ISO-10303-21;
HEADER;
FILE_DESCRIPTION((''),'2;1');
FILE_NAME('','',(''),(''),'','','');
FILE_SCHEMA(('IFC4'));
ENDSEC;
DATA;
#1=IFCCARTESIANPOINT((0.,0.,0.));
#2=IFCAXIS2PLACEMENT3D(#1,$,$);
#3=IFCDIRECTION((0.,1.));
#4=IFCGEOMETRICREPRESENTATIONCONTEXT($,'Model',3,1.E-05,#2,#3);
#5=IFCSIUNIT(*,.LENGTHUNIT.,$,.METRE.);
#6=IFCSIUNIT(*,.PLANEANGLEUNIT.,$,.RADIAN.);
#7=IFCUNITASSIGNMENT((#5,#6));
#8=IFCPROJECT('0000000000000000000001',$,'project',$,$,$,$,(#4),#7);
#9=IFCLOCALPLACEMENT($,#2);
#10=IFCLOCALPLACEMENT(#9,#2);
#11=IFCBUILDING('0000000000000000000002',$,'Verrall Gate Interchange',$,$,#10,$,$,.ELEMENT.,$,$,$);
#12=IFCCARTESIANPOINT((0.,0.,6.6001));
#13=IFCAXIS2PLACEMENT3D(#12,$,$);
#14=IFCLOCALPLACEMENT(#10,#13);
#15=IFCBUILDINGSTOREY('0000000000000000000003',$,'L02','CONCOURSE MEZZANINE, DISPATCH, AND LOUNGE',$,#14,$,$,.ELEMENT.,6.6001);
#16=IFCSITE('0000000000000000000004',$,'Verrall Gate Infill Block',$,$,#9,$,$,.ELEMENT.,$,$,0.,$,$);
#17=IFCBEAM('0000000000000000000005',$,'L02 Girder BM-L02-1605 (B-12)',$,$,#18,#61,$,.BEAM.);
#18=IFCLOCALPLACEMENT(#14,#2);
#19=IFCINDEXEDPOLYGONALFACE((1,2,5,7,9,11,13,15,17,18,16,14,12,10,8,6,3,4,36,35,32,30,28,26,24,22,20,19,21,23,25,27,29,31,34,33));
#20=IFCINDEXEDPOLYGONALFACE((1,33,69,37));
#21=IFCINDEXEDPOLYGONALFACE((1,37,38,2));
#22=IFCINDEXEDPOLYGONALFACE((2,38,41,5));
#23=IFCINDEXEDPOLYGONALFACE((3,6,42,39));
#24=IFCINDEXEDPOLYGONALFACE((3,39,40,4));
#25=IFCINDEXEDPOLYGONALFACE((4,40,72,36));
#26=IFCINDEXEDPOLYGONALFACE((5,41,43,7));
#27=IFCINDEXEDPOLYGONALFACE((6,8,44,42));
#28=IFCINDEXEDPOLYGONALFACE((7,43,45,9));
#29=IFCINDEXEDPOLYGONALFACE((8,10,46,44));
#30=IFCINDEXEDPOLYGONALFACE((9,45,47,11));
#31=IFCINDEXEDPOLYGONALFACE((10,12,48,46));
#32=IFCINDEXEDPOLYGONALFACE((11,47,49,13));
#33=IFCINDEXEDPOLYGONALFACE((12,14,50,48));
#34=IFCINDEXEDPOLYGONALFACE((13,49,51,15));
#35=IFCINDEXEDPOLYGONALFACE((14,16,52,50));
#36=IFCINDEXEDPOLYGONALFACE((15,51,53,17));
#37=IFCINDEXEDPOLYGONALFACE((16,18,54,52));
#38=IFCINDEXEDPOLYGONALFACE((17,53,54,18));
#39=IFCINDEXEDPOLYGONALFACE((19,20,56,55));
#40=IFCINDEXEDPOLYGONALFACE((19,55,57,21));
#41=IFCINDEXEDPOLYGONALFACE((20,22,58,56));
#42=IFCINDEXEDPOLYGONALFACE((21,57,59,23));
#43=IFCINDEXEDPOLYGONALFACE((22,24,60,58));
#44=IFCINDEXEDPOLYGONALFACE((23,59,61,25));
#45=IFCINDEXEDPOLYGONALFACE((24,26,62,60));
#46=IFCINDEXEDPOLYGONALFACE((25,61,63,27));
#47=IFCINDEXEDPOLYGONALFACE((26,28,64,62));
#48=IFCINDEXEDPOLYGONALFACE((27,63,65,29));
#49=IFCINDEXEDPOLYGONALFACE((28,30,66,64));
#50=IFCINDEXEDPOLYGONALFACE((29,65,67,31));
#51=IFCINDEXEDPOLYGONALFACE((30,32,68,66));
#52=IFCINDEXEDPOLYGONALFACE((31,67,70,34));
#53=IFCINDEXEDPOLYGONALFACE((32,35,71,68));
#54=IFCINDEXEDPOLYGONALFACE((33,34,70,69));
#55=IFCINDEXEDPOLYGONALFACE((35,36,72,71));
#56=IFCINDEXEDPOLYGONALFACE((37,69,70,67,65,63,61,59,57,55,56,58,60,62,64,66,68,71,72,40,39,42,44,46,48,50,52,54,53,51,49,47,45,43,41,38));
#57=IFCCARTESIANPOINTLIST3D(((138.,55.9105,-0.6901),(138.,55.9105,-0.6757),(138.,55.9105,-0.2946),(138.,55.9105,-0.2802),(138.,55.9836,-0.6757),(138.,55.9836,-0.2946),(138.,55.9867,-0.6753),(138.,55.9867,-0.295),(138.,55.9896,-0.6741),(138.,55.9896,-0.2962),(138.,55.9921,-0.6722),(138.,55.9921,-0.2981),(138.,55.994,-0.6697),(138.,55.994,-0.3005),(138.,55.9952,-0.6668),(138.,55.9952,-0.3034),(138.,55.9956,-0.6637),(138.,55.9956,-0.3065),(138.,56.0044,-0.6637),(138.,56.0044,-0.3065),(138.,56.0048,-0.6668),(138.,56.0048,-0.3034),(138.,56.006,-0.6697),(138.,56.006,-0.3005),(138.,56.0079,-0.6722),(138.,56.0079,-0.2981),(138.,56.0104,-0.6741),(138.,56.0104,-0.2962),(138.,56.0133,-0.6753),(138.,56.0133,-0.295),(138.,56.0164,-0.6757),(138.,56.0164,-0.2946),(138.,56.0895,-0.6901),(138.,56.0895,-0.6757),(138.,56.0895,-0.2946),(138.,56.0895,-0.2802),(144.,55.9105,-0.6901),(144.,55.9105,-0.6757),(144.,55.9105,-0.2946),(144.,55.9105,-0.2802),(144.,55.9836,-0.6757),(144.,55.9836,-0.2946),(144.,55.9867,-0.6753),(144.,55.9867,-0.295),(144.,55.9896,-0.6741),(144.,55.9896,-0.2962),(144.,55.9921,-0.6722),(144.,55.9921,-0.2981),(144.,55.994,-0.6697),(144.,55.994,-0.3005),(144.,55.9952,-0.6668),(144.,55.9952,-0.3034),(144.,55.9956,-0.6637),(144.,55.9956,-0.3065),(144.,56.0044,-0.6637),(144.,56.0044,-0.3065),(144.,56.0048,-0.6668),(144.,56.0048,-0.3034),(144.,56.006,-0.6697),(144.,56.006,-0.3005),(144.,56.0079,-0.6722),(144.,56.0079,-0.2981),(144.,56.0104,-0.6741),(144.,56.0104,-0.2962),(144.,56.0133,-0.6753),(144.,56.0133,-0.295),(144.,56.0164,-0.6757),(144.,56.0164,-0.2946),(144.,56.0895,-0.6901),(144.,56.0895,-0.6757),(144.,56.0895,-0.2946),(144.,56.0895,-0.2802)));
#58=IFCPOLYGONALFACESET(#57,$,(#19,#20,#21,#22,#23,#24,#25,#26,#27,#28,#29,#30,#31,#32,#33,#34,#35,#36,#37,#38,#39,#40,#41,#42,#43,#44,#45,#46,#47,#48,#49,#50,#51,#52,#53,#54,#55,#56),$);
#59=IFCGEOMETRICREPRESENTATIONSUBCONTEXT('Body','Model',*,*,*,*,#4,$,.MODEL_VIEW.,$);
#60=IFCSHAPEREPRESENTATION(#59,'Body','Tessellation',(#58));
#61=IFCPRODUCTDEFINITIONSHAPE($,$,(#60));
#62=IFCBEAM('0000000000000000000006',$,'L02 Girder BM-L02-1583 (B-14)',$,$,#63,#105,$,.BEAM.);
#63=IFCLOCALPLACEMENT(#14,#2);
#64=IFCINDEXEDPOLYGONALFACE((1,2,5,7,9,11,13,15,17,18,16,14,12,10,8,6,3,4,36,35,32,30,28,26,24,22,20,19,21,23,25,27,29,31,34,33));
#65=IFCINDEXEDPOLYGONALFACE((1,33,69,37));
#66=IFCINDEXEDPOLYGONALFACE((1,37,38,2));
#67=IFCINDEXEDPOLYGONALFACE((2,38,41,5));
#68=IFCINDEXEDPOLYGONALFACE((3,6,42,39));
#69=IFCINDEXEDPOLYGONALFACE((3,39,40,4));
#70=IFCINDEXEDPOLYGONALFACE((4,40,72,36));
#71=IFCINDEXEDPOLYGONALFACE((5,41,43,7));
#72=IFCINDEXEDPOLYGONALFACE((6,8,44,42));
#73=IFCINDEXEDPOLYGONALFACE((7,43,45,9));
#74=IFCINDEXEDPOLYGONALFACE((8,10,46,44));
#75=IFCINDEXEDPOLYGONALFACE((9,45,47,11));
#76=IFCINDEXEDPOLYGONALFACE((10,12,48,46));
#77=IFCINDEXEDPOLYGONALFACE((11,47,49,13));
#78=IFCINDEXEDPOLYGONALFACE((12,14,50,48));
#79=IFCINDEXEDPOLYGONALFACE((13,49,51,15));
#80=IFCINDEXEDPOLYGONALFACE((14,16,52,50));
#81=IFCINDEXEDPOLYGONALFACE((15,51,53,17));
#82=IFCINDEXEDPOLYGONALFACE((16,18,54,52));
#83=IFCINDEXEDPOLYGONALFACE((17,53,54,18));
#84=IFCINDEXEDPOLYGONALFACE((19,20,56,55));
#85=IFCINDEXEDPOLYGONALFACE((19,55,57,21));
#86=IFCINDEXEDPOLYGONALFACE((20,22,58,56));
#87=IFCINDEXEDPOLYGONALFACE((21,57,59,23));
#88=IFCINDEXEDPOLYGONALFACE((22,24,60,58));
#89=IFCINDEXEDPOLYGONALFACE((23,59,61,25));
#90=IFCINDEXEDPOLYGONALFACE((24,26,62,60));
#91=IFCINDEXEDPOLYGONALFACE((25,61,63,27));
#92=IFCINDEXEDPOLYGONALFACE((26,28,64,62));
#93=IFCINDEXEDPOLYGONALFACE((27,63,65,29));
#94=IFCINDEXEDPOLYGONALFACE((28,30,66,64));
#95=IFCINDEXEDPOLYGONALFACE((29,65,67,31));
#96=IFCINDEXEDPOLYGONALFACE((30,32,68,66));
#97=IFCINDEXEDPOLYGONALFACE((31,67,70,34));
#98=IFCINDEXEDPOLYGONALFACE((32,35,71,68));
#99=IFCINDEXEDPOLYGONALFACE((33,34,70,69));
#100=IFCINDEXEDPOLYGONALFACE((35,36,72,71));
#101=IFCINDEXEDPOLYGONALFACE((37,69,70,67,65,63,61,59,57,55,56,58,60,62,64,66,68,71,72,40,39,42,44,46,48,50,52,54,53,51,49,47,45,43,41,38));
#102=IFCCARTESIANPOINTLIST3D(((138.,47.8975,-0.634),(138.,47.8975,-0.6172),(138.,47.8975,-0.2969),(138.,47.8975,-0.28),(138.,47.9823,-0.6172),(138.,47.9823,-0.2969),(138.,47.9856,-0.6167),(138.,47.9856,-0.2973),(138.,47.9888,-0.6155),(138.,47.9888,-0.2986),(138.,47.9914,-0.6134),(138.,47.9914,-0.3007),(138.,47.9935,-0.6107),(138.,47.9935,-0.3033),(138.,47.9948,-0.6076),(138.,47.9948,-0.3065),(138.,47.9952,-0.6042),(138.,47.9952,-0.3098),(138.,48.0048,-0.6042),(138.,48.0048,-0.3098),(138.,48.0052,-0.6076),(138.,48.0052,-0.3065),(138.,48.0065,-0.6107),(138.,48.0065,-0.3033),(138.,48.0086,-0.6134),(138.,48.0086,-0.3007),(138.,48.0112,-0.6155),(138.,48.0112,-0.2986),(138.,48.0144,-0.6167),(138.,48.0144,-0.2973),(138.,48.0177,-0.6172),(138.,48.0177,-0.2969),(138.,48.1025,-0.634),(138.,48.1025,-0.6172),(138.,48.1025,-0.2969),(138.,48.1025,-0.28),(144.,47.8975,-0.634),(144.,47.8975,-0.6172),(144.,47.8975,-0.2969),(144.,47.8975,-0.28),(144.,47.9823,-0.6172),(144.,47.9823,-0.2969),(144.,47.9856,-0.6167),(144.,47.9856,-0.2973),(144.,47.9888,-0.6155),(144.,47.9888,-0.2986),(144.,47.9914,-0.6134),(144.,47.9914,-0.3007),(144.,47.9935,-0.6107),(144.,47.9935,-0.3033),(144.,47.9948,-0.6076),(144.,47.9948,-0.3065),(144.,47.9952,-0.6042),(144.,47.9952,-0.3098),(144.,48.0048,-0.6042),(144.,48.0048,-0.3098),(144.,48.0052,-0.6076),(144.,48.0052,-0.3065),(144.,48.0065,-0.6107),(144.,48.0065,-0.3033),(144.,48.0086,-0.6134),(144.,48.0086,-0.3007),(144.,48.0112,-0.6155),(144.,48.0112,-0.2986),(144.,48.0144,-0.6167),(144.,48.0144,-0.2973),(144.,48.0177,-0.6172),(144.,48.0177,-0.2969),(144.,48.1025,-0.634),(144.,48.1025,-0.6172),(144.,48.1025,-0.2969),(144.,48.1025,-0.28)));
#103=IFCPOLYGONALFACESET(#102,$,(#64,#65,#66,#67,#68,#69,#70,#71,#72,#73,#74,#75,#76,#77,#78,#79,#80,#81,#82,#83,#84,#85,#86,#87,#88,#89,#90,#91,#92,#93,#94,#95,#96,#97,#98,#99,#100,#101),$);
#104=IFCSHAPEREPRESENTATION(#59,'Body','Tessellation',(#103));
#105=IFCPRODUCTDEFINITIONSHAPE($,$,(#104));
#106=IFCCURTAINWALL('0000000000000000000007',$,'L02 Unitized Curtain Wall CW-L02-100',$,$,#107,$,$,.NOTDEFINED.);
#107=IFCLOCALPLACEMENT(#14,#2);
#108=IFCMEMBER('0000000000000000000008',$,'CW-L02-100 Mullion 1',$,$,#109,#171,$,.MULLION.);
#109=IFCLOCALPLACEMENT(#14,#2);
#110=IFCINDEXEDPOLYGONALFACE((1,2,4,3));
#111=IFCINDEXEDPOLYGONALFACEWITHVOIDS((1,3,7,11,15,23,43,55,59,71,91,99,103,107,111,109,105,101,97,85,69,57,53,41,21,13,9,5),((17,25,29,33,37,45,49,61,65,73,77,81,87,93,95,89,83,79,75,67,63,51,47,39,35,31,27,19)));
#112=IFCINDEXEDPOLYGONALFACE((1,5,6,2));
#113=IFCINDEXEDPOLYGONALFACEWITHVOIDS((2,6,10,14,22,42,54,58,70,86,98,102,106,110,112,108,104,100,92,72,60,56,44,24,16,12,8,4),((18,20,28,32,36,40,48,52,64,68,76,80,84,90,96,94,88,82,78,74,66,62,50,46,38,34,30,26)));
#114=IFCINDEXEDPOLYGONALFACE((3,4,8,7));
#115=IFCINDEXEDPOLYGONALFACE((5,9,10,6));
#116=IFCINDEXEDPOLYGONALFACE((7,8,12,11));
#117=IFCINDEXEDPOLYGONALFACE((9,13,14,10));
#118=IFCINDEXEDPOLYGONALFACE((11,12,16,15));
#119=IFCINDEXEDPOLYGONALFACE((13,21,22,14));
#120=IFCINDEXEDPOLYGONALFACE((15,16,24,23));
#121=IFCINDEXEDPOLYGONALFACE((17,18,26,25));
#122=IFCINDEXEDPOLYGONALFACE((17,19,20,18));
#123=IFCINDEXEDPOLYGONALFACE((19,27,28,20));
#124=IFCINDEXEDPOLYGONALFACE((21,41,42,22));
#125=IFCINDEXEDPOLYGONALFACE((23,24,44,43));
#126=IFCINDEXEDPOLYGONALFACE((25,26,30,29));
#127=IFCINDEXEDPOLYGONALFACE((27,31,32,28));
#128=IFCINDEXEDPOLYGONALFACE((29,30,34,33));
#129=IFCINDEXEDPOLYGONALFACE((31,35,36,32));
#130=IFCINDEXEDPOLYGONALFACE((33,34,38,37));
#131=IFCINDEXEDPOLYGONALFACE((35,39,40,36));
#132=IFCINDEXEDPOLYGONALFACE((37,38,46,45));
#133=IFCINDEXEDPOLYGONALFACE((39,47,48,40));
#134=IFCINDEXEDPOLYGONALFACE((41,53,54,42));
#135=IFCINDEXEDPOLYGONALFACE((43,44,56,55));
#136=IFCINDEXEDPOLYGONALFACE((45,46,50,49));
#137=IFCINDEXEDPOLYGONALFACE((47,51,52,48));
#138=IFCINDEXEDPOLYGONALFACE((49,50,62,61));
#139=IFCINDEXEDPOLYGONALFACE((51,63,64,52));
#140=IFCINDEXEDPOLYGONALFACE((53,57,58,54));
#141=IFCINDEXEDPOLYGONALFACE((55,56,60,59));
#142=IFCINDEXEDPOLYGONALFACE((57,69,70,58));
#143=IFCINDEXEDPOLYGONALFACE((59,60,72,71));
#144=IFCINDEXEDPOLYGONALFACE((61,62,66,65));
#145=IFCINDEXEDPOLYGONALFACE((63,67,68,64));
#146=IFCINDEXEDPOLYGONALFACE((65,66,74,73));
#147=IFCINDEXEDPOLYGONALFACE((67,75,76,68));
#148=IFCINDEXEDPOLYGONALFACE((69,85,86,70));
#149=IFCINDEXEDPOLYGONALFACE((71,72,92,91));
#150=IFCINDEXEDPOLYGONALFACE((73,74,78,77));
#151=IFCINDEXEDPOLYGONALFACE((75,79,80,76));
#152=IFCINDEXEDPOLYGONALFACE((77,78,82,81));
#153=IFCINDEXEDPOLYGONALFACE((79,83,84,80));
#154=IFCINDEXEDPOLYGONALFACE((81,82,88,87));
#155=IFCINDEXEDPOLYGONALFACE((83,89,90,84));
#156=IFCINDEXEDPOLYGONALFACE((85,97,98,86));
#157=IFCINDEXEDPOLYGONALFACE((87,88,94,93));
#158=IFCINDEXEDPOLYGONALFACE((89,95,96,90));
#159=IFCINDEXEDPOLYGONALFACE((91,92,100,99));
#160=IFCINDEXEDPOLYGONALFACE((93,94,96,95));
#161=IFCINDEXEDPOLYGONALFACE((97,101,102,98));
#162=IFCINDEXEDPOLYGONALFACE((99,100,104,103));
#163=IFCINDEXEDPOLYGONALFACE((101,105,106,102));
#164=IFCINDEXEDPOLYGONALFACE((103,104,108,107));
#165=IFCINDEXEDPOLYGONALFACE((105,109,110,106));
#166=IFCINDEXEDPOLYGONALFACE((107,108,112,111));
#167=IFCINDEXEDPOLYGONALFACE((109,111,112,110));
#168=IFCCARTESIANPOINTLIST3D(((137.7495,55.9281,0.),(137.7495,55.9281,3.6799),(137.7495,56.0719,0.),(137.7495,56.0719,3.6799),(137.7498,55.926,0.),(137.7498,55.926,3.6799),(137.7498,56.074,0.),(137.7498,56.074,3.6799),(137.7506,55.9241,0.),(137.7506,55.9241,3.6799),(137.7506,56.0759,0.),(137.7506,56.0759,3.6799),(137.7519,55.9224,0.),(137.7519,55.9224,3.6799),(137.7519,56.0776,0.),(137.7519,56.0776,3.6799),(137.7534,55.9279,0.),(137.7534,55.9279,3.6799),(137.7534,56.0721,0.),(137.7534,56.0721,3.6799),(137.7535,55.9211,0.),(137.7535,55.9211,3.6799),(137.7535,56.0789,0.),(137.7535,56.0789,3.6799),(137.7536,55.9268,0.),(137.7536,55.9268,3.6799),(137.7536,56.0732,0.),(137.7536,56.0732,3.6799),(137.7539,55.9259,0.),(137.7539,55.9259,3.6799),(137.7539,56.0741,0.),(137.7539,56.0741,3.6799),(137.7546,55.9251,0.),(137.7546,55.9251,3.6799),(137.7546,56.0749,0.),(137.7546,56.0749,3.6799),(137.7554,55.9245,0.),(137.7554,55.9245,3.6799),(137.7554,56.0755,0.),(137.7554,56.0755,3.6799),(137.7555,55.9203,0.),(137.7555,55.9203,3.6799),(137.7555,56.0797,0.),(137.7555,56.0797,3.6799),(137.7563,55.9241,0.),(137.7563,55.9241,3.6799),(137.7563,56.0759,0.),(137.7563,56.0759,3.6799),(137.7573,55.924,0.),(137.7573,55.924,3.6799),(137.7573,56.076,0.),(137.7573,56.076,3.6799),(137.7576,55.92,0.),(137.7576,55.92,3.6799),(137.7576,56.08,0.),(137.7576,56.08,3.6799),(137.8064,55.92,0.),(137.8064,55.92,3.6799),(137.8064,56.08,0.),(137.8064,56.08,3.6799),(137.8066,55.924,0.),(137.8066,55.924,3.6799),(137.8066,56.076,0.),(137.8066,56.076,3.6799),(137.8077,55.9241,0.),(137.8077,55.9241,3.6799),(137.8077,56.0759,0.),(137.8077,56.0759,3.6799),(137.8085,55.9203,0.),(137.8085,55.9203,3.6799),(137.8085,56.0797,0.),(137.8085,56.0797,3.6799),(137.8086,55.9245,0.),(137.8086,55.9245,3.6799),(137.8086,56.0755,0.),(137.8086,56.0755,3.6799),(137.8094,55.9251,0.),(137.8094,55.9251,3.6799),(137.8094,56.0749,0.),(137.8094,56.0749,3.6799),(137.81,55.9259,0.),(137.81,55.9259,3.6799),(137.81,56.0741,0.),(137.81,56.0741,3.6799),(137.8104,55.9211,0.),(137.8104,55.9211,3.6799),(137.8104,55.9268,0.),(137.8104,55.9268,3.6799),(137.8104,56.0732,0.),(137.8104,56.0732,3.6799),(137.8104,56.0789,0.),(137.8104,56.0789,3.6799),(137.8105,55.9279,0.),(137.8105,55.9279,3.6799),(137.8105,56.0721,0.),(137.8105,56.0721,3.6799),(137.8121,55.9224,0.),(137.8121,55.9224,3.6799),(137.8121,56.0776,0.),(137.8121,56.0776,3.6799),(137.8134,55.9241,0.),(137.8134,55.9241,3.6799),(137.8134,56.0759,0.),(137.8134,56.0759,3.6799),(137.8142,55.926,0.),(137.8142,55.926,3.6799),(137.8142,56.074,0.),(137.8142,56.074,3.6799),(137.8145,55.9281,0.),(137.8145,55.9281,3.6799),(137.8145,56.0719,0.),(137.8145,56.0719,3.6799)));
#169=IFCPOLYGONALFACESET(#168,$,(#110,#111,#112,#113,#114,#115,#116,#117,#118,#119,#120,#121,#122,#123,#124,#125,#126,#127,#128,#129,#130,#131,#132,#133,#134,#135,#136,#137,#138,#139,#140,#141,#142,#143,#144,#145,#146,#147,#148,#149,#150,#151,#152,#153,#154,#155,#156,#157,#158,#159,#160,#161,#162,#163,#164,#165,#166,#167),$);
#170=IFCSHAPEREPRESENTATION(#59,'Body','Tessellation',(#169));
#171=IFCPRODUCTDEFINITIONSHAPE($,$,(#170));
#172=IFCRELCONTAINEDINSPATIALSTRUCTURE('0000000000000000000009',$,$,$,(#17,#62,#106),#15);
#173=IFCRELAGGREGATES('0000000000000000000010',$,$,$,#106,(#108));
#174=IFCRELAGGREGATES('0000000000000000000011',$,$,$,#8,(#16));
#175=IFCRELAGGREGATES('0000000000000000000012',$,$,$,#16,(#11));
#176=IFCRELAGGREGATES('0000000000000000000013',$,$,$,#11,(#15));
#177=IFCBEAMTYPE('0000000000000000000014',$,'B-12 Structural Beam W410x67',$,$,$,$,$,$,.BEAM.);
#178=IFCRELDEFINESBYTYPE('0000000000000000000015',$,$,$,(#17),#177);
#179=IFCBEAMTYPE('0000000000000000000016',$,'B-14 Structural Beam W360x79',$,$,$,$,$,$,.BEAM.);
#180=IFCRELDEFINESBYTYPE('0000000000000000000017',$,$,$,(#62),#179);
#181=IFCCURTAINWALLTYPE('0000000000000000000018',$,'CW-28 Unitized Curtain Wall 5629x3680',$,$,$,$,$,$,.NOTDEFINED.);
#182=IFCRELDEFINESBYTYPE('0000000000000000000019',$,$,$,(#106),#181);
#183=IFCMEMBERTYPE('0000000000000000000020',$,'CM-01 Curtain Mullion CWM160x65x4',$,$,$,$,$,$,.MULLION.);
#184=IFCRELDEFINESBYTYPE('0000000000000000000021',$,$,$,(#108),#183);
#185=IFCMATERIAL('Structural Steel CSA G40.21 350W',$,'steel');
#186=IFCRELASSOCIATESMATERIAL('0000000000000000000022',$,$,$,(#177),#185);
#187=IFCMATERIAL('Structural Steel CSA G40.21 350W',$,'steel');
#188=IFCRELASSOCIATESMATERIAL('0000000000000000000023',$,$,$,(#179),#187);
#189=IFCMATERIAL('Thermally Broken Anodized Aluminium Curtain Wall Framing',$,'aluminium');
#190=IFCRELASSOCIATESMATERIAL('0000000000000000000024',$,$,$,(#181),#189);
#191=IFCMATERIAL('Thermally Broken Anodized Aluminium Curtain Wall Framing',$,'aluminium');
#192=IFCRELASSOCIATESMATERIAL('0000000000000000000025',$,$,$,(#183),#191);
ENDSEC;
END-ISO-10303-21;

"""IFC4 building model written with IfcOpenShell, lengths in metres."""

from ifc_helpers import new_model, si_unit, direction, frame, origin, origin_2d, place, context, subcontext, project, spatial, hollow_rectangle, i_section, extrude, material, material_profile, profile_set, type_object, element, aggregate, save


model = new_model("IFC4")

# Units and contexts
model_context = context("Model", 3, precision=1e-05, world=origin(), true_north=direction((0.0, 1.0)))
body_context = subcontext(model_context, "Body", "Model", "MODEL_VIEW")
ifc_project = project(units=[si_unit("LENGTHUNIT", "METRE"), si_unit("PLANEANGLEUNIT", "RADIAN")], contexts=[model_context])

# Site, building, storey
site_placement = place(None, origin())
site = spatial("IfcSite", under=ifc_project, at=site_placement, Name="Verrall Gate Infill Block", CompositionType="ELEMENT", RefElevation=0.0)
building_placement = place(site_placement, origin())
building = spatial("IfcBuilding", under=site, at=building_placement, Name="Verrall Gate Interchange", CompositionType="ELEMENT")
storey_placement = place(building_placement, frame((0.0, 0.0, 6.6001)))
storey = spatial("IfcBuildingStorey", under=building, at=storey_placement, Name="L02", Description="CONCOURSE MEZZANINE, DISPATCH, AND LOUNGE", CompositionType="ELEMENT", Elevation=6.6001)

# Beams
ifc_material_1 = material(Name="Structural Steel CSA G40.21 350W", Category="steel")
ifc_material_profile_1 = material_profile(ifc_material_1, i_section(OverallWidth=0.179, OverallDepth=0.4099, WebThickness=0.0088, FlangeThickness=0.0144, FilletRadius=0.012, at=origin_2d()), Name="W410x67")
ifc_profile_set_1 = profile_set([ifc_material_profile_1], Name="Structural Steel CSA G40.21 350W")
beam_type_1 = type_object("IfcBeamType", Name="B-12 Structural Beam W410x67", PredefinedType="BEAM", material=ifc_profile_set_1)
beam_1_placement = place(storey_placement, frame((138.0, 56.0, -0.4851), z_axis=(1.0, 0.0, 0.0), x_axis=(0.0, 1.0, 0.0)))
element("IfcBeam", 1, at=beam_1_placement, inside=storey, type_object=beam_type_1, Name="L02 Girder BM-L02-1605 (B-12)", PredefinedType="BEAM", context=body_context, shape_type="SweptSolid", body=[
    extrude(i_section(OverallWidth=0.179, OverallDepth=0.4099, WebThickness=0.0088, FlangeThickness=0.0144, FilletRadius=0.012, at=origin_2d()), origin(), (0.0, 0.0, 1.0), 6.0),
])
ifc_material_2 = material(Name="Structural Steel CSA G40.21 350W", Category="steel")
ifc_material_profile_2 = material_profile(ifc_material_2, i_section(OverallWidth=0.2051, OverallDepth=0.354, WebThickness=0.0095, FlangeThickness=0.0168, FilletRadius=0.0129, at=origin_2d()), Name="W360x79")
ifc_profile_set_2 = profile_set([ifc_material_profile_2], Name="Structural Steel CSA G40.21 350W")
beam_type_2 = type_object("IfcBeamType", Name="B-14 Structural Beam W360x79", PredefinedType="BEAM", material=ifc_profile_set_2)
beam_2_placement = place(storey_placement, frame((138.0, 48.0, -0.457), z_axis=(1.0, 0.0, 0.0), x_axis=(0.0, 1.0, 0.0)))
element("IfcBeam", 2, at=beam_2_placement, inside=storey, type_object=beam_type_2, Name="L02 Girder BM-L02-1583 (B-14)", PredefinedType="BEAM", context=body_context, shape_type="SweptSolid", body=[
    extrude(i_section(OverallWidth=0.2051, OverallDepth=0.354, WebThickness=0.0095, FlangeThickness=0.0168, FilletRadius=0.0129, at=origin_2d()), origin(), (0.0, 0.0, 1.0), 6.0),
])

# Curtain wall, member
ifc_material_3 = material(Name="Thermally Broken Anodized Aluminium Curtain Wall Framing", Category="aluminium")
curtain_wall_type = type_object("IfcCurtainWallType", Name="CW-28 Unitized Curtain Wall 5629x3680", PredefinedType="NOTDEFINED", material=ifc_material_3)
curtain_wall_1_placement = place(storey_placement, origin())
curtain_wall_1 = element("IfcCurtainWall", 3, at=curtain_wall_1_placement, inside=storey, type_object=curtain_wall_type, Name="L02 Unitized Curtain Wall CW-L02-100", PredefinedType="NOTDEFINED")
ifc_material_4 = material(Name="Thermally Broken Anodized Aluminium Curtain Wall Framing", Category="aluminium")
ifc_material_profile_3 = material_profile(ifc_material_4, hollow_rectangle(XDim=0.0649, YDim=0.1599, WallThickness=0.0039, InnerFilletRadius=0.0039, OuterFilletRadius=0.0081, at=origin_2d()), Name="CWM160x65x4")
ifc_profile_set_3 = profile_set([ifc_material_profile_3], Name="Thermally Broken Anodized Aluminium Curtain Wall Framing")
member_type_1 = type_object("IfcMemberType", Name="CM-01 Curtain Mullion CWM160x65x4", PredefinedType="MULLION", material=ifc_profile_set_3)
member_1_placement = place(storey_placement, frame((137.782, 56.0, 0.0), z_axis=(0.0, 0.0, 1.0), x_axis=(-1.0, 0.0, 0.0)))
member_1 = element("IfcMember", 4, at=member_1_placement, type_object=member_type_1, Name="CW-L02-100 Mullion 1", PredefinedType="MULLION", context=body_context, shape_type="SweptSolid", body=[
    extrude(hollow_rectangle(XDim=0.0649, YDim=0.1599, WallThickness=0.0039, InnerFilletRadius=0.0039, OuterFilletRadius=0.0081, at=origin_2d()), origin(), (0.0, 0.0, 1.0), 3.6799),
])

aggregate(curtain_wall_1, [member_1])

save(model, "model.ifc")
